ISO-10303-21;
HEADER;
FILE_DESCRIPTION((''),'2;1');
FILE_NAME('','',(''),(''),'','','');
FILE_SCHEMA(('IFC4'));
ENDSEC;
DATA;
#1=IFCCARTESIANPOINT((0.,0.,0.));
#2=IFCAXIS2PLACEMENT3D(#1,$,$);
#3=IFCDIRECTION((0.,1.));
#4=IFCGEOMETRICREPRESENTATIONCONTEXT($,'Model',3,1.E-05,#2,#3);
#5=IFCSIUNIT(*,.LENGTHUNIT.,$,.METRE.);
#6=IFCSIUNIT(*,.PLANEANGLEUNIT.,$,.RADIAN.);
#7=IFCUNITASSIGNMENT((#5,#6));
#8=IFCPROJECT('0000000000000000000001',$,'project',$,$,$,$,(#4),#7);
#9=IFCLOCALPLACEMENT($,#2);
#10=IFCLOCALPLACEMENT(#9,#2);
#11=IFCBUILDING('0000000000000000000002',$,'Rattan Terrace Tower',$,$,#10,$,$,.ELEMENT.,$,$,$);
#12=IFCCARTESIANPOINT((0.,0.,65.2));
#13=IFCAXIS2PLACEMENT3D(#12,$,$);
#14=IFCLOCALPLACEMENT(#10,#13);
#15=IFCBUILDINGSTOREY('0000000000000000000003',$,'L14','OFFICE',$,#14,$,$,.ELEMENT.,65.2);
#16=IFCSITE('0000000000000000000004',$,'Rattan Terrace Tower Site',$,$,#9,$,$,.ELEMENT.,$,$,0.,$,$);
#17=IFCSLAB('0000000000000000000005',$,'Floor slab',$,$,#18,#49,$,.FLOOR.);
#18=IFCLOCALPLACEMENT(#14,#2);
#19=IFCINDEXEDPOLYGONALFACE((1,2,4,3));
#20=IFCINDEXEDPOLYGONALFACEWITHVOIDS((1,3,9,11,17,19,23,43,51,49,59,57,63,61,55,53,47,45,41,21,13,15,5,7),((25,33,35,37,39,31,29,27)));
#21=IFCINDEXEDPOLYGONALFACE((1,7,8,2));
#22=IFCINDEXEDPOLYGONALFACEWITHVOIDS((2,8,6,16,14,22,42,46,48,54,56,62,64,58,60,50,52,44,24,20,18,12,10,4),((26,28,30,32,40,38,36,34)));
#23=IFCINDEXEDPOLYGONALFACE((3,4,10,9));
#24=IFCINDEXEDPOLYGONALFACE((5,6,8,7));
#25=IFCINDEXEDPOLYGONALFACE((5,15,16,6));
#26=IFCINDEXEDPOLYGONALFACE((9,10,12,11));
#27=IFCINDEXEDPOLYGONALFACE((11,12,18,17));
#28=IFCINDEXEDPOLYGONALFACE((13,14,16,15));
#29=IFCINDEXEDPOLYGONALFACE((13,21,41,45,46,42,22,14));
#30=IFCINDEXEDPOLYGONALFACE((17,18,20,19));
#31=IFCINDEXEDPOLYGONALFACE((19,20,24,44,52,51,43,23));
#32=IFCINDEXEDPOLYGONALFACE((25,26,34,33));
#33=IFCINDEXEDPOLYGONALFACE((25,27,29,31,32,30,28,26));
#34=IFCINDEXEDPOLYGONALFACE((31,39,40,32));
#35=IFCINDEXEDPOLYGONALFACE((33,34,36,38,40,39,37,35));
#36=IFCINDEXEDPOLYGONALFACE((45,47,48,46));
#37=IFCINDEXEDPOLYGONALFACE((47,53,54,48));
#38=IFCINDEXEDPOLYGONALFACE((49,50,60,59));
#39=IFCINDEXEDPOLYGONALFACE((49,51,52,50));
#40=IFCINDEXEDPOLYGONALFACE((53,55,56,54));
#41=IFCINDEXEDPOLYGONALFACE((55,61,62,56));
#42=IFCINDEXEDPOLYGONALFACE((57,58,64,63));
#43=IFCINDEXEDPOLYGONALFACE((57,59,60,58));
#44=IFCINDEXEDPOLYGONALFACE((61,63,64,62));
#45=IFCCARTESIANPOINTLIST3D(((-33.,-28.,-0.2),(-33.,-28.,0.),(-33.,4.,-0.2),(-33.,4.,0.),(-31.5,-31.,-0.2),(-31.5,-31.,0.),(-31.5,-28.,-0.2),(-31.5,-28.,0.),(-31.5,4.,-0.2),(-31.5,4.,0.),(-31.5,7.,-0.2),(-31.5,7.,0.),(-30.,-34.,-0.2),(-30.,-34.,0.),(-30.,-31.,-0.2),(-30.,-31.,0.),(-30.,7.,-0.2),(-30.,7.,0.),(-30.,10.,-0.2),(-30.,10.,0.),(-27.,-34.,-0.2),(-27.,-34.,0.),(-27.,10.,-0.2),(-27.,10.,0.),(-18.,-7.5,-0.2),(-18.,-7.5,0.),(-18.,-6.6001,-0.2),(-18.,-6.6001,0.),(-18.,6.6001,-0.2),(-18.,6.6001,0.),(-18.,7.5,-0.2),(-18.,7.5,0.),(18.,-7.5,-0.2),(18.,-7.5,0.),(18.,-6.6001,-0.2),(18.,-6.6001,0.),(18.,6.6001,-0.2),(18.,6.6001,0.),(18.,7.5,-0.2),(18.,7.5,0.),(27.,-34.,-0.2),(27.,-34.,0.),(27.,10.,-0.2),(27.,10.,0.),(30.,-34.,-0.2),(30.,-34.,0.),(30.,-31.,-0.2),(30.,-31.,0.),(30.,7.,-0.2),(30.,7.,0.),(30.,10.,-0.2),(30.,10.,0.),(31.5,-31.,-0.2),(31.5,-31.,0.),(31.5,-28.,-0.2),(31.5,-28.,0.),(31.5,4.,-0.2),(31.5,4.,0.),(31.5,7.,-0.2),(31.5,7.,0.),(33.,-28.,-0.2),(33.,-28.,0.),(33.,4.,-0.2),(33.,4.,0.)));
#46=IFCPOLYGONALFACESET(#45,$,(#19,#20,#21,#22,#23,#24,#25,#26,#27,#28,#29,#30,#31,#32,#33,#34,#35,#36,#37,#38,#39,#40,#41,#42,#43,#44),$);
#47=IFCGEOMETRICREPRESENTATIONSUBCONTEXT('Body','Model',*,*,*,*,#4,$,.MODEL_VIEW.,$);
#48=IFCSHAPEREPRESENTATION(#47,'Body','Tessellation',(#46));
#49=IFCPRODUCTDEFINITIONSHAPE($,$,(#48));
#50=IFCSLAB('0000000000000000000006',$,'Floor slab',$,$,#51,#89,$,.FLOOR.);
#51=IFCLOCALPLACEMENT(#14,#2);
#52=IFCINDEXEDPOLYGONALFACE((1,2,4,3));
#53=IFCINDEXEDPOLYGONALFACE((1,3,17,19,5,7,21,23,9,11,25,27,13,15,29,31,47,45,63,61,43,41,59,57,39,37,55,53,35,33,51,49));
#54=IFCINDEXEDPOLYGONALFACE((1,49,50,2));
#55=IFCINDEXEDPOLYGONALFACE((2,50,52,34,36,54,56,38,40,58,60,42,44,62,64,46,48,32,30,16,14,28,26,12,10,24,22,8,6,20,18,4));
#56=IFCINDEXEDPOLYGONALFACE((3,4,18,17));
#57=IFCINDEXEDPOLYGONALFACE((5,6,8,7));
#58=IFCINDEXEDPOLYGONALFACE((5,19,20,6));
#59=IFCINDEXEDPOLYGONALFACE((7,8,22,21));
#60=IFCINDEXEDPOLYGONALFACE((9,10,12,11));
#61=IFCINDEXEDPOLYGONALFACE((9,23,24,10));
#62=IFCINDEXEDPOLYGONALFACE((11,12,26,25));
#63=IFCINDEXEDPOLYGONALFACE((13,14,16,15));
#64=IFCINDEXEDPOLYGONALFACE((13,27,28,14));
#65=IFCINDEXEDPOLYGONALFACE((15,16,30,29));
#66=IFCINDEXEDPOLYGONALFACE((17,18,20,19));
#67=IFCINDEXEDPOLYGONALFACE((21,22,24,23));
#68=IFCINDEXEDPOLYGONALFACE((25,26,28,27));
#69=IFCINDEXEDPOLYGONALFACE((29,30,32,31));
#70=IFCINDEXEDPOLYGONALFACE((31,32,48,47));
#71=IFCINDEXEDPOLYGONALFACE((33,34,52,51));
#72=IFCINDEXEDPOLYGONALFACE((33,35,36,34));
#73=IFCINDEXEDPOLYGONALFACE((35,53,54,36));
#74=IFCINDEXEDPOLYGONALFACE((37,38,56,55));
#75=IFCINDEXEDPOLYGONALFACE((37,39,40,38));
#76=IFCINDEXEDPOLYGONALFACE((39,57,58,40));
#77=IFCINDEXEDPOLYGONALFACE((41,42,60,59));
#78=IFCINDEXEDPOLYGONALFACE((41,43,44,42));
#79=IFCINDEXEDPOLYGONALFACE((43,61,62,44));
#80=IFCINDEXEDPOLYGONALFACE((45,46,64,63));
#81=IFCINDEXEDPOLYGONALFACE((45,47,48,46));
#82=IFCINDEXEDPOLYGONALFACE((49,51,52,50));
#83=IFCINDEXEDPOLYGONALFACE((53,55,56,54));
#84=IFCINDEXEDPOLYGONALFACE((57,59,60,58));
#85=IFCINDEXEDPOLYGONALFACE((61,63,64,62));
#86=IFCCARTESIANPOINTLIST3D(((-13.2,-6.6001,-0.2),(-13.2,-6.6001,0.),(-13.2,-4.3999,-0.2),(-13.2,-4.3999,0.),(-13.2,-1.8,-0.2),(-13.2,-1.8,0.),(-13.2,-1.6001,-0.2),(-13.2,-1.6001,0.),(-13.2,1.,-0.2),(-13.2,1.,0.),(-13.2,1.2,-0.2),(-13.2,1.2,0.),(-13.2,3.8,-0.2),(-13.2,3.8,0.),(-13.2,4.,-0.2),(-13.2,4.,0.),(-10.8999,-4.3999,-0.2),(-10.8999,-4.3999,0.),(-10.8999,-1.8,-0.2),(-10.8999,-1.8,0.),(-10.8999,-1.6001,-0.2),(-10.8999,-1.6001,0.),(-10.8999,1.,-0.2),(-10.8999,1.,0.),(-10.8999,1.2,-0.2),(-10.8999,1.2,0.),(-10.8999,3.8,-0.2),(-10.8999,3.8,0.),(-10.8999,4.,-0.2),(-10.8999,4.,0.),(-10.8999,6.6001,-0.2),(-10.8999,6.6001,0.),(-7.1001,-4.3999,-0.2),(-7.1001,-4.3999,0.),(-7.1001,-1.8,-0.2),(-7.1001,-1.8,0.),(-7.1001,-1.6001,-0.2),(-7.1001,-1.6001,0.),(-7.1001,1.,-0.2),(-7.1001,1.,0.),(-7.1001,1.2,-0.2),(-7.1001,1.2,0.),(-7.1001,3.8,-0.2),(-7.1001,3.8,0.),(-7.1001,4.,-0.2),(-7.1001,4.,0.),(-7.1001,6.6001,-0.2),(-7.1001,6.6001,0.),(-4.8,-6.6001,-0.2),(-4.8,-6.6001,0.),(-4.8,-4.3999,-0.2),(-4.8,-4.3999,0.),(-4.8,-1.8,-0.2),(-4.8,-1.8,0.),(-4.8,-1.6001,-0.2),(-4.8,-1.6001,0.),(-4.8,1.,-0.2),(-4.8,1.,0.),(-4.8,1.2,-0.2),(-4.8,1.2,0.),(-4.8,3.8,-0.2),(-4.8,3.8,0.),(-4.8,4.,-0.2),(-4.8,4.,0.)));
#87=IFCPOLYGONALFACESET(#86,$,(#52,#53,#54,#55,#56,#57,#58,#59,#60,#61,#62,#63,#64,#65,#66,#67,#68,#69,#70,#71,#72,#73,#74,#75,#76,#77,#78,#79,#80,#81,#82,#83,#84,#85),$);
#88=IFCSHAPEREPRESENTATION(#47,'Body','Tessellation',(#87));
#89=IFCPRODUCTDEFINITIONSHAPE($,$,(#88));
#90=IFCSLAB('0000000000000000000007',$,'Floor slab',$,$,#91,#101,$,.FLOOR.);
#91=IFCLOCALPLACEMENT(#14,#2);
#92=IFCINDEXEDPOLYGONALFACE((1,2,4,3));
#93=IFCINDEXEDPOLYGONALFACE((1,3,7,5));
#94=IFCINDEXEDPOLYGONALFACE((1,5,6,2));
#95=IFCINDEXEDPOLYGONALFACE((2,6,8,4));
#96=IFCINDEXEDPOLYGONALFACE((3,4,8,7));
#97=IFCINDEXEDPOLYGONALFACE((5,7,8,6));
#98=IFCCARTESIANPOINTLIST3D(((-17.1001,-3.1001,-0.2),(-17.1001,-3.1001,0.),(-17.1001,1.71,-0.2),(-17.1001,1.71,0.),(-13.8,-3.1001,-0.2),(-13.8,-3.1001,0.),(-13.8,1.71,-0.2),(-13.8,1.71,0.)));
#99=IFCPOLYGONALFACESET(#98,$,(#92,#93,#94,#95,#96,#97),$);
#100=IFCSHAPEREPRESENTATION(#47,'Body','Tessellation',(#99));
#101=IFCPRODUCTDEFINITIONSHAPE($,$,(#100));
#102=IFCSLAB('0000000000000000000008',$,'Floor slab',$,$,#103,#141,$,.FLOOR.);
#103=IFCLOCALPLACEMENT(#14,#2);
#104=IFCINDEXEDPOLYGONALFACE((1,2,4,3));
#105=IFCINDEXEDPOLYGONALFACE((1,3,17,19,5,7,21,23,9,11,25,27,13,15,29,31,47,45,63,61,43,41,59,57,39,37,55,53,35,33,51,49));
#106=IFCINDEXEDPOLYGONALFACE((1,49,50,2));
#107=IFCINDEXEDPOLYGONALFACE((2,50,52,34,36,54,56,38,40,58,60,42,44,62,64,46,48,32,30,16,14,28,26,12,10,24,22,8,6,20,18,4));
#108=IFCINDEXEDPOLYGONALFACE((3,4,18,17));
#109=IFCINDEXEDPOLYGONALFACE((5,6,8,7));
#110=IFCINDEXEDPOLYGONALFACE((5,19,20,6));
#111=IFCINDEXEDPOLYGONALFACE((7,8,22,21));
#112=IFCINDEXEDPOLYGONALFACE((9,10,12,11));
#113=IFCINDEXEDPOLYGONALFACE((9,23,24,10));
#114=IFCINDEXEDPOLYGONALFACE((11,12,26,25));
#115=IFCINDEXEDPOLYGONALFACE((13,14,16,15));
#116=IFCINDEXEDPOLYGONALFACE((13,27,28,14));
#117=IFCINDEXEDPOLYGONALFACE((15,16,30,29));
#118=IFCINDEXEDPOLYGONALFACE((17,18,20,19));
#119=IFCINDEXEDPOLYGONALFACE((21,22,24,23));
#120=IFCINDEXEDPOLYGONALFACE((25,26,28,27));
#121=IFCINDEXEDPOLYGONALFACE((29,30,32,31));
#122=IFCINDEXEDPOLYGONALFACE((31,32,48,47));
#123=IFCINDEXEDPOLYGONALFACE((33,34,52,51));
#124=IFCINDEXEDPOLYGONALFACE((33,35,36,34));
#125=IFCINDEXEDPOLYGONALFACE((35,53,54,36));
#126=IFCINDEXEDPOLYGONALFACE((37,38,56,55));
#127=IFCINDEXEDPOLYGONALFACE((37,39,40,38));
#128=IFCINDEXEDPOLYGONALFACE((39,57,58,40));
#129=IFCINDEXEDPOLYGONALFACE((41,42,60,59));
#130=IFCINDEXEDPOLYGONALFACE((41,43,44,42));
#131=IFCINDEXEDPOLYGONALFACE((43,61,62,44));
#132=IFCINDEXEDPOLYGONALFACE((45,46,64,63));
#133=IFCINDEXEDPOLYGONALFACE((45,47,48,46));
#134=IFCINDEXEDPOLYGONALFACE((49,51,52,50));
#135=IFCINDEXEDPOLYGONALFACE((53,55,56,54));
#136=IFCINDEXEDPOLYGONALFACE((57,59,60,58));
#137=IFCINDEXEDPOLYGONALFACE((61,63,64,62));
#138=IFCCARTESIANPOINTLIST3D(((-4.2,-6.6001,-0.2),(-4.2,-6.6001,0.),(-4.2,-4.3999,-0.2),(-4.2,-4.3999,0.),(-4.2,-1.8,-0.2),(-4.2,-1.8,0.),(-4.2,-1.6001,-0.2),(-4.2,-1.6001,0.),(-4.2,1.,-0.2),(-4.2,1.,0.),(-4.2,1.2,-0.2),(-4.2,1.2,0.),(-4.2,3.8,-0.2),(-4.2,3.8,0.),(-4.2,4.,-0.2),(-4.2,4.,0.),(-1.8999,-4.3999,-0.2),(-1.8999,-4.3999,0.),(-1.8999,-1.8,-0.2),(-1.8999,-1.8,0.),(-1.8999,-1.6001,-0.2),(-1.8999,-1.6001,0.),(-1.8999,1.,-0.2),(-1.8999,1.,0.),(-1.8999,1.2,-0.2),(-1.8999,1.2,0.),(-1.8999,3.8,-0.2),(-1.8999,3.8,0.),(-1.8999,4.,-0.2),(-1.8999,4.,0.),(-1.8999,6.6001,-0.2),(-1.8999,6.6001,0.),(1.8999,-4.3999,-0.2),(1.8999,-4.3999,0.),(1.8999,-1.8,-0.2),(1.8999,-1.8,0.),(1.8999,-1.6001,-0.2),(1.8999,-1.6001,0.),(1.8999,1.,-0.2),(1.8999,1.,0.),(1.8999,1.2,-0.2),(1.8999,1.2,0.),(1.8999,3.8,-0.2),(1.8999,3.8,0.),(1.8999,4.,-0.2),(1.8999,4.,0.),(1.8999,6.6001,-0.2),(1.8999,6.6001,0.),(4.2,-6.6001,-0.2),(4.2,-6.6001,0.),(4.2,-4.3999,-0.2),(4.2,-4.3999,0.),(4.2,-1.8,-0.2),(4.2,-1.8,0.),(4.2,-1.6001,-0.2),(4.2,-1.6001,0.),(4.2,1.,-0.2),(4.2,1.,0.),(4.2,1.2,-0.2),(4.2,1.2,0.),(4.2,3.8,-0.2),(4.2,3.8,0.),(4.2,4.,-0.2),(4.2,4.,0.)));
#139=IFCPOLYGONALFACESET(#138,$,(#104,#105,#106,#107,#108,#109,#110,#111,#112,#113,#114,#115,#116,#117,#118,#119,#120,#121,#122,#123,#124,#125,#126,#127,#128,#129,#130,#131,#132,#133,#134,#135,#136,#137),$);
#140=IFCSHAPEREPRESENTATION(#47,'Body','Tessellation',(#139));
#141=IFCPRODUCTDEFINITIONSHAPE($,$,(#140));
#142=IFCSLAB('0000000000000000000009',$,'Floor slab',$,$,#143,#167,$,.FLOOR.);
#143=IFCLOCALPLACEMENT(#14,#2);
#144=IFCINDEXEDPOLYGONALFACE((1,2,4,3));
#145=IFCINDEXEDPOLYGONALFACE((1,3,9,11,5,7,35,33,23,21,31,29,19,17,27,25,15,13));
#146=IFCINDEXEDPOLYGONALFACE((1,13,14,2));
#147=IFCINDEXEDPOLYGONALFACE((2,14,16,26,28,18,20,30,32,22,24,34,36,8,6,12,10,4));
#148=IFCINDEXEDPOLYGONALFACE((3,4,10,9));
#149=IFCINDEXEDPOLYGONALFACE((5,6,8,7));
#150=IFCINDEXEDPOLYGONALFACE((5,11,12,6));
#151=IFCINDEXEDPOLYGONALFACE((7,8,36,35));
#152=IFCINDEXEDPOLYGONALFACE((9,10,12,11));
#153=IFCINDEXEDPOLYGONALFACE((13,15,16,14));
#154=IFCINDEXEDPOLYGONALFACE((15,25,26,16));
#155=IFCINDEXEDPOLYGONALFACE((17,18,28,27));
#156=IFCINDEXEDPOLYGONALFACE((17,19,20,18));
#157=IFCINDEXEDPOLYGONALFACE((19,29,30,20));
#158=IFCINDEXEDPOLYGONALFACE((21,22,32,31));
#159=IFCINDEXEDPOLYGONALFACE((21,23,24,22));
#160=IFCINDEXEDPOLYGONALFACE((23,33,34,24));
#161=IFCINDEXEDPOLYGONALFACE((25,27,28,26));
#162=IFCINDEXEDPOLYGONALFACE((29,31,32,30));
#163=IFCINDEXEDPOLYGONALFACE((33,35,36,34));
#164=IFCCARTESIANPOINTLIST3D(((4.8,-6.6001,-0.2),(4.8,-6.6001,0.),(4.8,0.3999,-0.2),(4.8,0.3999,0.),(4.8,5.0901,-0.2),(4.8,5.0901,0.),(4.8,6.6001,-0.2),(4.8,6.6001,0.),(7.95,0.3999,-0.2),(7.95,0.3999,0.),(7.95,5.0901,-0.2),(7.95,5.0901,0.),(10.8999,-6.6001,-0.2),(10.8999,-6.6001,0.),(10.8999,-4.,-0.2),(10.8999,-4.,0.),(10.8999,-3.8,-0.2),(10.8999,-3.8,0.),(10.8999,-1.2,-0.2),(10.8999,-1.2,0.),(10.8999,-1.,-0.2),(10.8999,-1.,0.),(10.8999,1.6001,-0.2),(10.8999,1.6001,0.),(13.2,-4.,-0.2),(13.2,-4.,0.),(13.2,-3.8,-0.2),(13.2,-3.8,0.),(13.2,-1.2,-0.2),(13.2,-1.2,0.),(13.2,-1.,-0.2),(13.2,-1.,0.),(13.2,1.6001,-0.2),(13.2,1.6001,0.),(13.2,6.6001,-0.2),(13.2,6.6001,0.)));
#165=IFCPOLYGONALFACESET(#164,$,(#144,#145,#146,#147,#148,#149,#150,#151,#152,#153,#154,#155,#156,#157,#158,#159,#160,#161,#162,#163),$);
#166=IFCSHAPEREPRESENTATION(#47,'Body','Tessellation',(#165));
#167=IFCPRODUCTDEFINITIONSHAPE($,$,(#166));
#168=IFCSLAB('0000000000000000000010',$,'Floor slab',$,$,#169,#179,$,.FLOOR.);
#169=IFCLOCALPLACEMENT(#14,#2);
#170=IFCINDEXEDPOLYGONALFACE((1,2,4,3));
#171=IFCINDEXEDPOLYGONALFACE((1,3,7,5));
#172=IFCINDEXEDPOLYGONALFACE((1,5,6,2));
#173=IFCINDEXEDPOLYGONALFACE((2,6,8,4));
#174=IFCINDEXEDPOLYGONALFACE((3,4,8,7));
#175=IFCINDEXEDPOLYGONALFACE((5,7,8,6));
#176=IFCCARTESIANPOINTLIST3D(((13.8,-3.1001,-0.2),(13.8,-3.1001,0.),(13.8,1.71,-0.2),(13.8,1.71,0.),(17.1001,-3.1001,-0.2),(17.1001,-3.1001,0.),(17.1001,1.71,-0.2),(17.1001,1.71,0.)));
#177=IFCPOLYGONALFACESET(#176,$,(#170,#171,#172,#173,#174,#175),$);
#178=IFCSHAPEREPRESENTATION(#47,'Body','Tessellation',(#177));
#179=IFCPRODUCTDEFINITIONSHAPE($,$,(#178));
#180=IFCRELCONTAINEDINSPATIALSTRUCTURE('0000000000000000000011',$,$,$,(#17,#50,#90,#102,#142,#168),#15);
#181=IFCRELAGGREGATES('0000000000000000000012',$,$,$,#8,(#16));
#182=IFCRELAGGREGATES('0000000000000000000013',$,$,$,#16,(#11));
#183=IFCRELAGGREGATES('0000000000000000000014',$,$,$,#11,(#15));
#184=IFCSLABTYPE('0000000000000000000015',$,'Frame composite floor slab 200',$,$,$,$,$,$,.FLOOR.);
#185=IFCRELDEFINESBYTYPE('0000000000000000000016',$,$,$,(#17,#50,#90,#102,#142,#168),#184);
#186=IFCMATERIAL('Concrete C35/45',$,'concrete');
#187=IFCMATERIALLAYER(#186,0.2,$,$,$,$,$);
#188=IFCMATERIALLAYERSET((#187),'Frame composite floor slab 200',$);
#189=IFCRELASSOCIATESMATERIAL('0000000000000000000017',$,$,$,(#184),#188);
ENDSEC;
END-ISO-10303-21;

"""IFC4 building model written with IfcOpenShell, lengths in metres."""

from ifc_helpers import new_model, si_unit, direction, frame, origin, place, context, subcontext, project, spatial, polyline, outline, extrude, material, layer, layer_set, type_object, element, save


model = new_model("IFC4")

# Units and contexts
model_context = context("Model", 3, precision=1e-05, world=origin(), true_north=direction((0.0, 1.0)))
body_context = subcontext(model_context, "Body", "Model", "MODEL_VIEW")
ifc_project = project(units=[si_unit("LENGTHUNIT", "METRE"), si_unit("PLANEANGLEUNIT", "RADIAN")], contexts=[model_context])

# Site, building, storey
site_placement = place(None, origin())
site = spatial("IfcSite", under=ifc_project, at=site_placement, Name="Rattan Terrace Tower Site", CompositionType="ELEMENT", RefElevation=0.0)
building_placement = place(site_placement, origin())
building = spatial("IfcBuilding", under=site, at=building_placement, Name="Rattan Terrace Tower", CompositionType="ELEMENT")
storey_placement = place(building_placement, frame((0.0, 0.0, 65.2)))
storey = spatial("IfcBuildingStorey", under=building, at=storey_placement, Name="L14", Description="OFFICE", CompositionType="ELEMENT", Elevation=65.2)

# Slabs
ifc_material_1 = material(Name="Concrete C35/45", Category="concrete")
ifc_layer_1 = layer(ifc_material_1, 0.2)
ifc_layer_set_1 = layer_set([ifc_layer_1], Name="Frame composite floor slab 200")
slab_type = type_object("IfcSlabType", Name="Frame composite floor slab 200", PredefinedType="FLOOR", material=ifc_layer_set_1)
slab_1_placement = place(storey_placement, frame((0.0, 0.0, -0.2)))
element("IfcSlab", 1, at=slab_1_placement, inside=storey, type_object=slab_type, Name="Floor slab", PredefinedType="FLOOR", context=body_context, shape_type="SweptSolid", body=[
    extrude(outline(polyline([(-27.0, -34.0), (27.0, -34.0), (30.0, -34.0), (30.0, -31.0), (31.5, -31.0), (31.5, -28.0), (33.0, -28.0), (33.0, 4.0), (31.5, 4.0), (31.5, 7.0), (30.0, 7.0), (30.0, 10.0), (27.0, 10.0), (-27.0, 10.0), (-30.0, 10.0), (-30.0, 7.0), (-31.5, 7.0), (-31.5, 4.0), (-33.0, 4.0), (-33.0, -28.0), (-31.5, -28.0), (-31.5, -31.0), (-30.0, -31.0), (-30.0, -34.0), (-27.0, -34.0)]), holes=[polyline([(-18.0, -6.6001), (-18.0, -7.5), (18.0, -7.5), (18.0, -6.6001), (18.0, 6.6001), (18.0, 7.5), (-18.0, 7.5), (-18.0, 6.6001), (-18.0, -6.6001)])]), origin(), (0.0, 0.0, 1.0), 0.2),
])
slab_2_placement = place(storey_placement, frame((0.0, 0.0, -0.2)))
element("IfcSlab", 2, at=slab_2_placement, inside=storey, type_object=slab_type, Name="Floor slab", PredefinedType="FLOOR", context=body_context, shape_type="SweptSolid", body=[
    extrude(outline(polyline([(-10.8999, 6.6001), (-10.8999, 4.0), (-13.2, 4.0), (-13.2, 3.8), (-10.8999, 3.8), (-10.8999, 1.2), (-13.2, 1.2), (-13.2, 1.0), (-10.8999, 1.0), (-10.8999, -1.6001), (-13.2, -1.6001), (-13.2, -1.8), (-10.8999, -1.8), (-10.8999, -4.3999), (-13.2, -4.3999), (-13.2, -6.6001), (-4.8, -6.6001), (-4.8, -4.3999), (-7.1001, -4.3999), (-7.1001, -1.8), (-4.8, -1.8), (-4.8, -1.6001), (-7.1001, -1.6001), (-7.1001, 1.0), (-4.8, 1.0), (-4.8, 1.2), (-7.1001, 1.2), (-7.1001, 3.8), (-4.8, 3.8), (-4.8, 4.0), (-7.1001, 4.0), (-7.1001, 6.6001), (-10.8999, 6.6001)])), origin(), (0.0, 0.0, 1.0), 0.2),
])
slab_3_placement = place(storey_placement, frame((0.0, 0.0, -0.2)))
element("IfcSlab", 3, at=slab_3_placement, inside=storey, type_object=slab_type, Name="Floor slab", PredefinedType="FLOOR", context=body_context, shape_type="SweptSolid", body=[
    extrude(outline(polyline([(-17.1001, -3.1001), (-13.8, -3.1001), (-13.8, 1.71), (-17.1001, 1.71), (-17.1001, -3.1001)])), origin(), (0.0, 0.0, 1.0), 0.2),
])
slab_4_placement = place(storey_placement, frame((0.0, 0.0, -0.2)))
element("IfcSlab", 4, at=slab_4_placement, inside=storey, type_object=slab_type, Name="Floor slab", PredefinedType="FLOOR", context=body_context, shape_type="SweptSolid", body=[
    extrude(outline(polyline([(-4.2, 4.0), (-4.2, 3.8), (-1.8999, 3.8), (-1.8999, 1.2), (-4.2, 1.2), (-4.2, 1.0), (-1.8999, 1.0), (-1.8999, -1.6001), (-4.2, -1.6001), (-4.2, -1.8), (-1.8999, -1.8), (-1.8999, -4.3999), (-4.2, -4.3999), (-4.2, -6.6001), (4.2, -6.6001), (4.2, -4.3999), (1.8999, -4.3999), (1.8999, -1.8), (4.2, -1.8), (4.2, -1.6001), (1.8999, -1.6001), (1.8999, 1.0), (4.2, 1.0), (4.2, 1.2), (1.8999, 1.2), (1.8999, 3.8), (4.2, 3.8), (4.2, 4.0), (1.8999, 4.0), (1.8999, 6.6001), (-1.8999, 6.6001), (-1.8999, 4.0), (-4.2, 4.0)])), origin(), (0.0, 0.0, 1.0), 0.2),
])
slab_5_placement = place(storey_placement, frame((0.0, 0.0, -0.2)))
element("IfcSlab", 5, at=slab_5_placement, inside=storey, type_object=slab_type, Name="Floor slab", PredefinedType="FLOOR", context=body_context, shape_type="SweptSolid", body=[
    extrude(outline(polyline([(4.8, 5.0901), (7.95, 5.0901), (7.95, 0.3999), (4.8, 0.3999), (4.8, -6.6001), (10.8999, -6.6001), (10.8999, -4.0), (13.2, -4.0), (13.2, -3.8), (10.8999, -3.8), (10.8999, -1.2), (13.2, -1.2), (13.2, -1.0), (10.8999, -1.0), (10.8999, 1.6001), (13.2, 1.6001), (13.2, 6.6001), (4.8, 6.6001), (4.8, 5.0901)])), origin(), (0.0, 0.0, 1.0), 0.2),
])
slab_6_placement = place(storey_placement, frame((0.0, 0.0, -0.2)))
element("IfcSlab", 6, at=slab_6_placement, inside=storey, type_object=slab_type, Name="Floor slab", PredefinedType="FLOOR", context=body_context, shape_type="SweptSolid", body=[
    extrude(outline(polyline([(13.8, -3.1001), (17.1001, -3.1001), (17.1001, 1.71), (13.8, 1.71), (13.8, -3.1001)])), origin(), (0.0, 0.0, 1.0), 0.2),
])

save(model, "model.ifc")
